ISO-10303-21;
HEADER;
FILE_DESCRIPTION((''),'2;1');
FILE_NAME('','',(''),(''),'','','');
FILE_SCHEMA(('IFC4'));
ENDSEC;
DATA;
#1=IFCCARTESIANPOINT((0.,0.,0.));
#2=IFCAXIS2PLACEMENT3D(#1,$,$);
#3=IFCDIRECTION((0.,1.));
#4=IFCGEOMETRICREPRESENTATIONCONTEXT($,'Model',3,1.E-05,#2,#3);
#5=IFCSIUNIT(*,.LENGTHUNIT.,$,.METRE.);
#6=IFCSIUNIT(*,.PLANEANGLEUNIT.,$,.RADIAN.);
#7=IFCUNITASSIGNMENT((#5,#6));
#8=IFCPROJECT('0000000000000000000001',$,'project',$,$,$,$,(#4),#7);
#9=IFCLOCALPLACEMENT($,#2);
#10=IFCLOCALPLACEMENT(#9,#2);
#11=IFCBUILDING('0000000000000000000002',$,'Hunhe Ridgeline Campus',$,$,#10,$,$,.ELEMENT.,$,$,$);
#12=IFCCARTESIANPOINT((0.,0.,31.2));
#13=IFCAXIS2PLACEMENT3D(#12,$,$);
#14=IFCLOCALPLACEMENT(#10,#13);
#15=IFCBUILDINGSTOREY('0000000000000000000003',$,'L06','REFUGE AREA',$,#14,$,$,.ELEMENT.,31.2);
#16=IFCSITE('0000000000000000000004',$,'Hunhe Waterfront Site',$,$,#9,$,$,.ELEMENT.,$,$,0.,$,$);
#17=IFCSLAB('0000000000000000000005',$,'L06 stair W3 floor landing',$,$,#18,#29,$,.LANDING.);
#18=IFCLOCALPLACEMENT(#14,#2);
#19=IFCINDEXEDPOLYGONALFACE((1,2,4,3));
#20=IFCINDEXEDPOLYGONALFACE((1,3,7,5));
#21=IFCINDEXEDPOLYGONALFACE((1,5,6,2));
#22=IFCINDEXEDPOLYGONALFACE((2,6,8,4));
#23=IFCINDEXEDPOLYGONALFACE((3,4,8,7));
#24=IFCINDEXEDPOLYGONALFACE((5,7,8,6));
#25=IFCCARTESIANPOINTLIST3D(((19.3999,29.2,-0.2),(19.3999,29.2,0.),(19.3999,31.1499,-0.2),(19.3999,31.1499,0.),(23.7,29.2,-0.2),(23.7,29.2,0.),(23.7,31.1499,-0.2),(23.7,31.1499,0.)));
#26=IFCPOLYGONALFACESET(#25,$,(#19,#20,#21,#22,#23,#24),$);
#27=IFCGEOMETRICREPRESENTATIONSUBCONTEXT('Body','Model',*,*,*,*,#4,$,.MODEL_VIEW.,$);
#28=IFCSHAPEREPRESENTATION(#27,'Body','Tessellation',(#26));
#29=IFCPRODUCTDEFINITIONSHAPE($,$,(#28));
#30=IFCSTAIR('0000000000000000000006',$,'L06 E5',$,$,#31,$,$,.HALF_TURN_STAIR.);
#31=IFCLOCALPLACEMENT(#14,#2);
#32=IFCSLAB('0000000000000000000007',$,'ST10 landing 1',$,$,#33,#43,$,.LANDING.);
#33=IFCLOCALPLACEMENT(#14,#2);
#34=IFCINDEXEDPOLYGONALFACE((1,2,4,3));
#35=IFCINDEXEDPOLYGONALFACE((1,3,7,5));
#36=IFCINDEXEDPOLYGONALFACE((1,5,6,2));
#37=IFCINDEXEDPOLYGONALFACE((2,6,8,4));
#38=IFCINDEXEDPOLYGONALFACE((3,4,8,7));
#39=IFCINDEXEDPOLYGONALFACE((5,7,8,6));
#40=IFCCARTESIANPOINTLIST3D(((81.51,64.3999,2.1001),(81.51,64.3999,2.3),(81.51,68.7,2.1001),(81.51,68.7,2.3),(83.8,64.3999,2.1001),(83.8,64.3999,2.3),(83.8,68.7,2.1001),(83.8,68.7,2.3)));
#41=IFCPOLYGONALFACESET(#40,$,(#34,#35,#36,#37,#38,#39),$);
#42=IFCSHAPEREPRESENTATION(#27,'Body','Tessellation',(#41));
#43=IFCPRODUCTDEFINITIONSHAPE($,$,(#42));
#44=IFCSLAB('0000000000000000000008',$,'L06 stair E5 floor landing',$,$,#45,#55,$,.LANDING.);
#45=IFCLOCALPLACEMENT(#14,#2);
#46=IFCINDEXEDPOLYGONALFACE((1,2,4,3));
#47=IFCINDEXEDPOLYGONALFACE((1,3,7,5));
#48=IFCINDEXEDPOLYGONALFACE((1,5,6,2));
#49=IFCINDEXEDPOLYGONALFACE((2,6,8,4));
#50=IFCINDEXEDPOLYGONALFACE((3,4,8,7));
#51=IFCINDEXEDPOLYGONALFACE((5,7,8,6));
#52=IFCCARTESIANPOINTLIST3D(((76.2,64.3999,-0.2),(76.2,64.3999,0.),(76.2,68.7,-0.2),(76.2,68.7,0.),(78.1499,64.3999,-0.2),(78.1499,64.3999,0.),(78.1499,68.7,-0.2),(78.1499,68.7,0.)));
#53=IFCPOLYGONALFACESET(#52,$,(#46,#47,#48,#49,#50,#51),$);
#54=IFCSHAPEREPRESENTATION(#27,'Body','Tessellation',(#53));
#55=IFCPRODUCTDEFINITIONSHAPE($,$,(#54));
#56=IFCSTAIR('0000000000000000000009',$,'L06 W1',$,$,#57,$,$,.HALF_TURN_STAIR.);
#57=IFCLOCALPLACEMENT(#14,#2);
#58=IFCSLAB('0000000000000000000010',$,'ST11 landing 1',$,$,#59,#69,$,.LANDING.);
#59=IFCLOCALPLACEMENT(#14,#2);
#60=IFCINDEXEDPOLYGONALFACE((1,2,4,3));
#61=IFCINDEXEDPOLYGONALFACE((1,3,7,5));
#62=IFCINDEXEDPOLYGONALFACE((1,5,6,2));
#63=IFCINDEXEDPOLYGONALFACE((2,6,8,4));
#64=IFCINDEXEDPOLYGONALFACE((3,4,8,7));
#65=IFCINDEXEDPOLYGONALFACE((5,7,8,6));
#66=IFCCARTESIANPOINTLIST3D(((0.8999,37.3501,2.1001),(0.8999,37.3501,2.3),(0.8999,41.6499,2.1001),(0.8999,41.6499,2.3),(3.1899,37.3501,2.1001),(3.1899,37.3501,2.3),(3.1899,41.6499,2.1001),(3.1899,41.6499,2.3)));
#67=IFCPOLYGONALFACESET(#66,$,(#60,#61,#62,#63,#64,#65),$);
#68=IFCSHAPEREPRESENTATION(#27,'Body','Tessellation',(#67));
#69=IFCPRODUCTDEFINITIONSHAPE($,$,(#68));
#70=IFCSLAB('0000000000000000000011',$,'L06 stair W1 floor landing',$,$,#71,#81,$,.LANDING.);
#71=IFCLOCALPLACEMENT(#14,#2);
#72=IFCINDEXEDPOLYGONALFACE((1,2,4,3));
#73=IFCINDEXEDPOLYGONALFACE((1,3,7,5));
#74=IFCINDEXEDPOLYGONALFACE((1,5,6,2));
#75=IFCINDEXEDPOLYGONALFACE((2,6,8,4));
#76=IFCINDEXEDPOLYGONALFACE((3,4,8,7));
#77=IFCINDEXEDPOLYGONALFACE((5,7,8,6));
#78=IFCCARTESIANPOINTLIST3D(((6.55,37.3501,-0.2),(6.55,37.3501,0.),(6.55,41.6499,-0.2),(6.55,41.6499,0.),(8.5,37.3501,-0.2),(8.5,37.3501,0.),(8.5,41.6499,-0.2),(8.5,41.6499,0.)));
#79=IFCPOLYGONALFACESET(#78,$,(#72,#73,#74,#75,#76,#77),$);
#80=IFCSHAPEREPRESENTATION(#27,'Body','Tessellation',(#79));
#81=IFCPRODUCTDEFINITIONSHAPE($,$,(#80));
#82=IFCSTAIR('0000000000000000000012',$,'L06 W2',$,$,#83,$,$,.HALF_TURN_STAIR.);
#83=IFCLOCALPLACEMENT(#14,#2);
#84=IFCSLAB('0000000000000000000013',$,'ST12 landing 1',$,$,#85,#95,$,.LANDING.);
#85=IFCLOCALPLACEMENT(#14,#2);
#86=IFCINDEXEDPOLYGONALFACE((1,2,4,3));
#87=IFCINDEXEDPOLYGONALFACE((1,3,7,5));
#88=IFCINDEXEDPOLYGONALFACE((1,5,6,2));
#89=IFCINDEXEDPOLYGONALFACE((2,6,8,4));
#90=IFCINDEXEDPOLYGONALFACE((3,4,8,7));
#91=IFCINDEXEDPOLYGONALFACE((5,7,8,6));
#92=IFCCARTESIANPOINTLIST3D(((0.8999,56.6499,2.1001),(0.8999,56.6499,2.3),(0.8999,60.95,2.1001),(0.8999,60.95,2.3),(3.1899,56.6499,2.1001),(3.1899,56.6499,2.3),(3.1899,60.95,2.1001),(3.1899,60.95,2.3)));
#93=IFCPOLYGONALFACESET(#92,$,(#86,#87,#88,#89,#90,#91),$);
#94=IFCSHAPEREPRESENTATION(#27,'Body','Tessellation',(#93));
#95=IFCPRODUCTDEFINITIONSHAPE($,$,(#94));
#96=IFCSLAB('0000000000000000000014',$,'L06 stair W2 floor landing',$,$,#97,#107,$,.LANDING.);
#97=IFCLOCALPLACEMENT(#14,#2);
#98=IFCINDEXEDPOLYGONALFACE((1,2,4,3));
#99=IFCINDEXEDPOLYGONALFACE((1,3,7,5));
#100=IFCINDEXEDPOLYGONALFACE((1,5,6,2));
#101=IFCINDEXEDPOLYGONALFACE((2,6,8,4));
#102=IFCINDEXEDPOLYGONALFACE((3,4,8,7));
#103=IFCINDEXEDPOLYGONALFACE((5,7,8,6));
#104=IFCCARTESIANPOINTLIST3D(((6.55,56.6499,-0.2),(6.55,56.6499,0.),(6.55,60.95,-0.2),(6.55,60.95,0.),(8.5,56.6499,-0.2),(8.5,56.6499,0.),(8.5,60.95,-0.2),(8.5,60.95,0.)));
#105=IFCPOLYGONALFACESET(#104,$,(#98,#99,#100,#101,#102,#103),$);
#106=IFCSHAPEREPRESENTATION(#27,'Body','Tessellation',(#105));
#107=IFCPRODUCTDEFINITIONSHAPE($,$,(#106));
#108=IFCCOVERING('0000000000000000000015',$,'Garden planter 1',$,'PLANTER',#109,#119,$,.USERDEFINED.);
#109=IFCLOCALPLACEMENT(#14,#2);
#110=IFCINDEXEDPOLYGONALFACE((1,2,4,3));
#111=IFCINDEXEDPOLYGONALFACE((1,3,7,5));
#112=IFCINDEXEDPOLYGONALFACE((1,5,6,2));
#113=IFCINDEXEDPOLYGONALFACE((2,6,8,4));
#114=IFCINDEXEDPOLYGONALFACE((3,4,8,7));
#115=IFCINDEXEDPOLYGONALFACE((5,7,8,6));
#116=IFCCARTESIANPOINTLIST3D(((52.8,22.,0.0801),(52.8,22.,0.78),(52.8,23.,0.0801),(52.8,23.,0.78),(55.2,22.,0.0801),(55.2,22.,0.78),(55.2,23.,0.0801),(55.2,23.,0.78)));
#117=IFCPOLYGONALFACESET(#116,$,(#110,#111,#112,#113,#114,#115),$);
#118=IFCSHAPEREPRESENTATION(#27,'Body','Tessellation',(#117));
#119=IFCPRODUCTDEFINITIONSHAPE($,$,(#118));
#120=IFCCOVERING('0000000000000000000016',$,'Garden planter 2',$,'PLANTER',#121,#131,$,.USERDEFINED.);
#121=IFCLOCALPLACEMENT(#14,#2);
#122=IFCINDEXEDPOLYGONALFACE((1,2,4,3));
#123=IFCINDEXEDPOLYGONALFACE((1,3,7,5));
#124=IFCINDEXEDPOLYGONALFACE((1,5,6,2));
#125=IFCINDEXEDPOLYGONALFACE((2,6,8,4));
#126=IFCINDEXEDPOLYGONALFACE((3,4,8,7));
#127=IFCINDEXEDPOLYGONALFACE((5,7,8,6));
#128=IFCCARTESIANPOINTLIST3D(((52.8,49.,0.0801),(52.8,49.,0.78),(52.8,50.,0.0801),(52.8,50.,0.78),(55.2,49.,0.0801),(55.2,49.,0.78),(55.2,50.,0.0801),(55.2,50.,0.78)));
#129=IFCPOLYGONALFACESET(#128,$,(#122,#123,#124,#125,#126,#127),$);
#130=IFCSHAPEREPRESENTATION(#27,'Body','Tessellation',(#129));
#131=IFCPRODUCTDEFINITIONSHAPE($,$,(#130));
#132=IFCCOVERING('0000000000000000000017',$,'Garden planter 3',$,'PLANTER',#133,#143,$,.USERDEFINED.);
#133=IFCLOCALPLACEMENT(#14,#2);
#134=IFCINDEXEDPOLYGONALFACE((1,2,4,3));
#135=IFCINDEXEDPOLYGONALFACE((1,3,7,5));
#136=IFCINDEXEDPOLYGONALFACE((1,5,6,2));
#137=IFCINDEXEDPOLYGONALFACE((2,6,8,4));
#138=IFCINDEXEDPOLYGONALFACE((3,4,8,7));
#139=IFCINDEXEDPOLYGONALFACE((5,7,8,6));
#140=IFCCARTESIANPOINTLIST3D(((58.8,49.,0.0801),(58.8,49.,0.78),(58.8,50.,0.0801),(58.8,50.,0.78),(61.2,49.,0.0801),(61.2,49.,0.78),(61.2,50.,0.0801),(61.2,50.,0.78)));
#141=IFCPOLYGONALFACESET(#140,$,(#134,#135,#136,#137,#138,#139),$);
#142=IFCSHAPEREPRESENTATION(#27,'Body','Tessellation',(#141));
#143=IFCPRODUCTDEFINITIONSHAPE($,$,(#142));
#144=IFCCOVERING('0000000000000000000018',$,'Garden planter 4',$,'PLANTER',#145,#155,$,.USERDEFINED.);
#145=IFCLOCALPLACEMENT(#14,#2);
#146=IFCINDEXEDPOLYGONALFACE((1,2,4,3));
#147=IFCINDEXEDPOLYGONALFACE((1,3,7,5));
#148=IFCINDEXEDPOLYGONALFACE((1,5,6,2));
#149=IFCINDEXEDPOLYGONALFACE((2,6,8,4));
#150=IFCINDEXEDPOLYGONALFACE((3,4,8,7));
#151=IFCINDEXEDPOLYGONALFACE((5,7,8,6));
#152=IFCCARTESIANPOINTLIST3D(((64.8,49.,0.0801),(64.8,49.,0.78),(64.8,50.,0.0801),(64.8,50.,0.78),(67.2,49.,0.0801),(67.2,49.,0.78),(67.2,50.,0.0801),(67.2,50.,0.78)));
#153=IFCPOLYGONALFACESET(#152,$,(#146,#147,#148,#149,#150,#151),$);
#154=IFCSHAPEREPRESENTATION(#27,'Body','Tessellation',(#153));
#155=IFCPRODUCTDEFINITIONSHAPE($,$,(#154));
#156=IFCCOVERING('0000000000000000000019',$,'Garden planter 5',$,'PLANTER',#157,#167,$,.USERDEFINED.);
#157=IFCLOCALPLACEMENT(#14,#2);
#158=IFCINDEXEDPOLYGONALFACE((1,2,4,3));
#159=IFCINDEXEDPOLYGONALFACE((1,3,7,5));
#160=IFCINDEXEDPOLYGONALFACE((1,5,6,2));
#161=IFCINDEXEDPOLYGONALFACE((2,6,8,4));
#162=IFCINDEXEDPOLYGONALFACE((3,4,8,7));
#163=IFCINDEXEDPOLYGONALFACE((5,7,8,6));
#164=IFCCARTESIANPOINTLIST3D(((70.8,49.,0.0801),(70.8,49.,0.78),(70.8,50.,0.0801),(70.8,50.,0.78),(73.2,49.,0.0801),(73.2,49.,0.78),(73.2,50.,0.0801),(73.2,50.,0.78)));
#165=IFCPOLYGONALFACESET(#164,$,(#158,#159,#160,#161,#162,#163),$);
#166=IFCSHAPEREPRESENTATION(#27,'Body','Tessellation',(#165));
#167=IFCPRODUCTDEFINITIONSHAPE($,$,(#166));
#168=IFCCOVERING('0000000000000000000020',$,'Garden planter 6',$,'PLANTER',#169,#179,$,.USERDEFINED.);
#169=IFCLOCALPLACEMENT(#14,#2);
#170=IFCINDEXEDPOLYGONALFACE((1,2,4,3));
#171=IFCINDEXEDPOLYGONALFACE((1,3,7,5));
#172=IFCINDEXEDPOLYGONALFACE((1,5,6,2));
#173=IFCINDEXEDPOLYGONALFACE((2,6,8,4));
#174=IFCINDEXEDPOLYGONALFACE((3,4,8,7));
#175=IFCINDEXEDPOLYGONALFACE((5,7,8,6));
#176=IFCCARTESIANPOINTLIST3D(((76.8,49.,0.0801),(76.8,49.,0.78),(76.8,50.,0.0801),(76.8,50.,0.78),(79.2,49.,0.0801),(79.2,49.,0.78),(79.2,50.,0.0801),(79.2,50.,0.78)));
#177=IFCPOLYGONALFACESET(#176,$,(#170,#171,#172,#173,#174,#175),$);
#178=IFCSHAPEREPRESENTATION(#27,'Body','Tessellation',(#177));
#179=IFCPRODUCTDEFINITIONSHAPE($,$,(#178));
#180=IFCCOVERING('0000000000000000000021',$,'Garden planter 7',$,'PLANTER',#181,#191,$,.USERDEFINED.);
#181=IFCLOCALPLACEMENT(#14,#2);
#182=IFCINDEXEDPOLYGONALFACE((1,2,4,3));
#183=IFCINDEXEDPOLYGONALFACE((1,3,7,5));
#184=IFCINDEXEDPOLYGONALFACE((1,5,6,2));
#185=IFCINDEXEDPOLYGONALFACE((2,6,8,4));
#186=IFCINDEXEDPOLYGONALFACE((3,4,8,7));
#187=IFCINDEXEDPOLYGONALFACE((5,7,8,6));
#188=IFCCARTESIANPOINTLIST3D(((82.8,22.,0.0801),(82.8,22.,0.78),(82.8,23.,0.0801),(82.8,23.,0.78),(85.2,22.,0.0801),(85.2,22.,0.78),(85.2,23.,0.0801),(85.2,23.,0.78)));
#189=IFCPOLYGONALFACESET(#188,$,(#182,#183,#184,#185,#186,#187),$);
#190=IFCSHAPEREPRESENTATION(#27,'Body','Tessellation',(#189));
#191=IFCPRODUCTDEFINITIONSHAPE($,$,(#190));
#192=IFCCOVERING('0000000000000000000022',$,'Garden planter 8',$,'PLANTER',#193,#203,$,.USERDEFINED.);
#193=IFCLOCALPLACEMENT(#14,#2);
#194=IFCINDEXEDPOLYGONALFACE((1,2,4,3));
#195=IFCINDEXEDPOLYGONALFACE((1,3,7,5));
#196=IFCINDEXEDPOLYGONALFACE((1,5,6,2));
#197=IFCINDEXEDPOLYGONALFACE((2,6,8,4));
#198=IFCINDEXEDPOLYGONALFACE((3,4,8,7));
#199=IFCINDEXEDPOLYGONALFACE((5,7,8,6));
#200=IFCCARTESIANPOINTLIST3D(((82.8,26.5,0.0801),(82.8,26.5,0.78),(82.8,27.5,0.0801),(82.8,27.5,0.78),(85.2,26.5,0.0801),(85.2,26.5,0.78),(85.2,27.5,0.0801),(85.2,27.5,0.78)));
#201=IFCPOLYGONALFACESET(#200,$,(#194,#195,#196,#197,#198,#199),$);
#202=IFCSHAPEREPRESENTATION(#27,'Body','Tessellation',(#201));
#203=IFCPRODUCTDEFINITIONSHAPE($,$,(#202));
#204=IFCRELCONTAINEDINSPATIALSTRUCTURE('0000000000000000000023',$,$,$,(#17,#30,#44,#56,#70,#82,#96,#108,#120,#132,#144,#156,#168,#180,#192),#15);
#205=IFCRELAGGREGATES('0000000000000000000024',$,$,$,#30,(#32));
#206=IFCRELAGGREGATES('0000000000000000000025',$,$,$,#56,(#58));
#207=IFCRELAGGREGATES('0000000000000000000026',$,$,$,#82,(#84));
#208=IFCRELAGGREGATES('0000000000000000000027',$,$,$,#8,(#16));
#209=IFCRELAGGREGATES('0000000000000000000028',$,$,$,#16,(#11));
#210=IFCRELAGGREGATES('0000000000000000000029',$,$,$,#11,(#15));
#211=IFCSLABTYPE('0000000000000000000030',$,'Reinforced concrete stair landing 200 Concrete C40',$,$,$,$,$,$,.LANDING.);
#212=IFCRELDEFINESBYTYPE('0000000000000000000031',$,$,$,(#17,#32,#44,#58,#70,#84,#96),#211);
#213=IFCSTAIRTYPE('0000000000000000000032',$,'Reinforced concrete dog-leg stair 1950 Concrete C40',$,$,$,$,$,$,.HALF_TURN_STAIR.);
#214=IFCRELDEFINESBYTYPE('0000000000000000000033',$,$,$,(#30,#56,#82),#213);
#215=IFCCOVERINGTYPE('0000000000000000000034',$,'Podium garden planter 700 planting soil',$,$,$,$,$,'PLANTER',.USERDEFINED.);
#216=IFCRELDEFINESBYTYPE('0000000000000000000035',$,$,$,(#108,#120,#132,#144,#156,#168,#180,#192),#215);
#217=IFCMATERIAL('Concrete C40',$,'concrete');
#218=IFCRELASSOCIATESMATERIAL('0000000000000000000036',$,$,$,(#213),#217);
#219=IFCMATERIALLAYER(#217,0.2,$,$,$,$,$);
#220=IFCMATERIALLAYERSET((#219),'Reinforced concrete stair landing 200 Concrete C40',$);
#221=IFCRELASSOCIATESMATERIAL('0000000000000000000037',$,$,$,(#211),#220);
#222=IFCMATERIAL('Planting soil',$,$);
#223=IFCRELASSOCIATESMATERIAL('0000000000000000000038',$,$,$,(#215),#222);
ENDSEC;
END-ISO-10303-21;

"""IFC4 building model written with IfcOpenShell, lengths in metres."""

from ifc_helpers import new_model, si_unit, direction, frame, origin, place, context, subcontext, project, spatial, polyline, outline, extrude, material, layer, layer_set, type_object, element, aggregate, save


model = new_model("IFC4")

# Units and contexts
model_context = context("Model", 3, precision=1e-05, world=origin(), true_north=direction((0.0, 1.0)))
body_context = subcontext(model_context, "Body", "Model", "MODEL_VIEW")
ifc_project = project(units=[si_unit("LENGTHUNIT", "METRE"), si_unit("PLANEANGLEUNIT", "RADIAN")], contexts=[model_context])

# Site, building, storey
site_placement = place(None, origin())
site = spatial("IfcSite", under=ifc_project, at=site_placement, Name="Hunhe Waterfront Site", CompositionType="ELEMENT", RefElevation=0.0)
building_placement = place(site_placement, origin())
building = spatial("IfcBuilding", under=site, at=building_placement, Name="Hunhe Ridgeline Campus", CompositionType="ELEMENT")
storey_placement = place(building_placement, frame((0.0, 0.0, 31.2)))
storey = spatial("IfcBuildingStorey", under=building, at=storey_placement, Name="L06", Description="REFUGE AREA", CompositionType="ELEMENT", Elevation=31.2)

# Shared definitions
ifc_material_1 = material(Name="Concrete C40", Category="concrete")

# Shared definitions
stair_type = type_object("IfcStairType", Name="Reinforced concrete dog-leg stair 1950 Concrete C40", PredefinedType="HALF_TURN_STAIR", material=ifc_material_1)
ifc_layer_1 = layer(ifc_material_1, 0.2)
ifc_layer_set_1 = layer_set([ifc_layer_1], Name="Reinforced concrete stair landing 200 Concrete C40")
slab_type_1 = type_object("IfcSlabType", Name="Reinforced concrete stair landing 200 Concrete C40", PredefinedType="LANDING", material=ifc_layer_set_1)

# Slab
slab_1_placement = place(storey_placement, frame((0.0, 0.0, -0.2)))
element("IfcSlab", 1, at=slab_1_placement, inside=storey, type_object=slab_type_1, Name="L06 stair W3 floor landing", PredefinedType="LANDING", context=body_context, shape_type="SweptSolid", body=[
    extrude(outline(polyline([(23.7, 29.2), (23.7, 31.1499), (19.3999, 31.1499), (19.3999, 29.2), (23.7, 29.2)])), origin(), (0.0, 0.0, 1.0), 0.2),
])

# Stair, slab
stair_1_placement = place(storey_placement, origin())
stair_1 = element("IfcStair", 2, at=stair_1_placement, inside=storey, type_object=stair_type, Name="L06 E5", PredefinedType="HALF_TURN_STAIR")
slab_2_placement = place(storey_placement, frame((0.0, 0.0, 2.1001)))
slab_2 = element("IfcSlab", 3, at=slab_2_placement, type_object=slab_type_1, Name="ST10 landing 1", PredefinedType="LANDING", context=body_context, shape_type="SweptSolid", body=[
    extrude(outline(polyline([(81.51, 64.3999), (83.8, 64.3999), (83.8, 68.7), (81.51, 68.7), (81.51, 64.3999)])), origin(), (0.0, 0.0, 1.0), 0.2),
])
aggregate(stair_1, [slab_2])

# Slab
slab_3_placement = place(storey_placement, frame((0.0, 0.0, -0.2)))
element("IfcSlab", 4, at=slab_3_placement, inside=storey, type_object=slab_type_1, Name="L06 stair E5 floor landing", PredefinedType="LANDING", context=body_context, shape_type="SweptSolid", body=[
    extrude(outline(polyline([(76.2, 64.3999), (78.1499, 64.3999), (78.1499, 68.7), (76.2, 68.7), (76.2, 64.3999)])), origin(), (0.0, 0.0, 1.0), 0.2),
])

# Stair, slab
stair_2_placement = place(storey_placement, origin())
stair_2 = element("IfcStair", 5, at=stair_2_placement, inside=storey, type_object=stair_type, Name="L06 W1", PredefinedType="HALF_TURN_STAIR")
slab_4_placement = place(storey_placement, frame((0.0, 0.0, 2.1001)))
slab_4 = element("IfcSlab", 6, at=slab_4_placement, type_object=slab_type_1, Name="ST11 landing 1", PredefinedType="LANDING", context=body_context, shape_type="SweptSolid", body=[
    extrude(outline(polyline([(3.1899, 41.6499), (0.8999, 41.6499), (0.8999, 37.3501), (3.1899, 37.3501), (3.1899, 41.6499)])), origin(), (0.0, 0.0, 1.0), 0.2),
])
aggregate(stair_2, [slab_4])

# Slab
slab_5_placement = place(storey_placement, frame((0.0, 0.0, -0.2)))
element("IfcSlab", 7, at=slab_5_placement, inside=storey, type_object=slab_type_1, Name="L06 stair W1 floor landing", PredefinedType="LANDING", context=body_context, shape_type="SweptSolid", body=[
    extrude(outline(polyline([(8.5, 41.6499), (6.55, 41.6499), (6.55, 37.3501), (8.5, 37.3501), (8.5, 41.6499)])), origin(), (0.0, 0.0, 1.0), 0.2),
])

# Stair, slab
stair_3_placement = place(storey_placement, origin())
stair_3 = element("IfcStair", 8, at=stair_3_placement, inside=storey, type_object=stair_type, Name="L06 W2", PredefinedType="HALF_TURN_STAIR")
slab_6_placement = place(storey_placement, frame((0.0, 0.0, 2.1001)))
slab_6 = element("IfcSlab", 9, at=slab_6_placement, type_object=slab_type_1, Name="ST12 landing 1", PredefinedType="LANDING", context=body_context, shape_type="SweptSolid", body=[
    extrude(outline(polyline([(3.1899, 60.95), (0.8999, 60.95), (0.8999, 56.6499), (3.1899, 56.6499), (3.1899, 60.95)])), origin(), (0.0, 0.0, 1.0), 0.2),
])
aggregate(stair_3, [slab_6])

# Slab
slab_7_placement = place(storey_placement, frame((0.0, 0.0, -0.2)))
element("IfcSlab", 10, at=slab_7_placement, inside=storey, type_object=slab_type_1, Name="L06 stair W2 floor landing", PredefinedType="LANDING", context=body_context, shape_type="SweptSolid", body=[
    extrude(outline(polyline([(8.5, 60.95), (6.55, 60.95), (6.55, 56.6499), (8.5, 56.6499), (8.5, 60.95)])), origin(), (0.0, 0.0, 1.0), 0.2),
])

# Coverings
ifc_material_2 = material(Name="Planting soil")
covering_type_1 = type_object("IfcCoveringType", Name="Podium garden planter 700 planting soil", ElementType="PLANTER", PredefinedType="USERDEFINED", material=ifc_material_2)
covering_1_placement = place(storey_placement, frame((0.0, 0.0, 0.0801)))
element("IfcCovering", 11, at=covering_1_placement, inside=storey, type_object=covering_type_1, Name="Garden planter 1", ObjectType="PLANTER", PredefinedType="USERDEFINED", context=body_context, shape_type="SweptSolid", body=[
    extrude(outline(polyline([(52.8, 22.0), (55.2, 22.0), (55.2, 23.0), (52.8, 23.0), (52.8, 22.0)])), origin(), (0.0, 0.0, 1.0), 0.7),
])
covering_2_placement = place(storey_placement, frame((0.0, 0.0, 0.0801)))
element("IfcCovering", 12, at=covering_2_placement, inside=storey, type_object=covering_type_1, Name="Garden planter 2", ObjectType="PLANTER", PredefinedType="USERDEFINED", context=body_context, shape_type="SweptSolid", body=[
    extrude(outline(polyline([(52.8, 49.0), (55.2, 49.0), (55.2, 50.0), (52.8, 50.0), (52.8, 49.0)])), origin(), (0.0, 0.0, 1.0), 0.7),
])
covering_3_placement = place(storey_placement, frame((0.0, 0.0, 0.0801)))
element("IfcCovering", 13, at=covering_3_placement, inside=storey, type_object=covering_type_1, Name="Garden planter 3", ObjectType="PLANTER", PredefinedType="USERDEFINED", context=body_context, shape_type="SweptSolid", body=[
    extrude(outline(polyline([(58.8, 49.0), (61.2, 49.0), (61.2, 50.0), (58.8, 50.0), (58.8, 49.0)])), origin(), (0.0, 0.0, 1.0), 0.7),
])
covering_4_placement = place(storey_placement, frame((0.0, 0.0, 0.0801)))
element("IfcCovering", 14, at=covering_4_placement, inside=storey, type_object=covering_type_1, Name="Garden planter 4", ObjectType="PLANTER", PredefinedType="USERDEFINED", context=body_context, shape_type="SweptSolid", body=[
    extrude(outline(polyline([(64.8, 49.0), (67.2, 49.0), (67.2, 50.0), (64.8, 50.0), (64.8, 49.0)])), origin(), (0.0, 0.0, 1.0), 0.7),
])
covering_5_placement = place(storey_placement, frame((0.0, 0.0, 0.0801)))
element("IfcCovering", 15, at=covering_5_placement, inside=storey, type_object=covering_type_1, Name="Garden planter 5", ObjectType="PLANTER", PredefinedType="USERDEFINED", context=body_context, shape_type="SweptSolid", body=[
    extrude(outline(polyline([(70.8, 49.0), (73.2, 49.0), (73.2, 50.0), (70.8, 50.0), (70.8, 49.0)])), origin(), (0.0, 0.0, 1.0), 0.7),
])
covering_6_placement = place(storey_placement, frame((0.0, 0.0, 0.0801)))
element("IfcCovering", 16, at=covering_6_placement, inside=storey, type_object=covering_type_1, Name="Garden planter 6", ObjectType="PLANTER", PredefinedType="USERDEFINED", context=body_context, shape_type="SweptSolid", body=[
    extrude(outline(polyline([(76.8, 49.0), (79.2, 49.0), (79.2, 50.0), (76.8, 50.0), (76.8, 49.0)])), origin(), (0.0, 0.0, 1.0), 0.7),
])
covering_7_placement = place(storey_placement, frame((0.0, 0.0, 0.0801)))
element("IfcCovering", 17, at=covering_7_placement, inside=storey, type_object=covering_type_1, Name="Garden planter 7", ObjectType="PLANTER", PredefinedType="USERDEFINED", context=body_context, shape_type="SweptSolid", body=[
    extrude(outline(polyline([(82.8, 22.0), (85.2, 22.0), (85.2, 23.0), (82.8, 23.0), (82.8, 22.0)])), origin(), (0.0, 0.0, 1.0), 0.7),
])
covering_8_placement = place(storey_placement, frame((0.0, 0.0, 0.0801)))
element("IfcCovering", 18, at=covering_8_placement, inside=storey, type_object=covering_type_1, Name="Garden planter 8", ObjectType="PLANTER", PredefinedType="USERDEFINED", context=body_context, shape_type="SweptSolid", body=[
    extrude(outline(polyline([(82.8, 26.5), (85.2, 26.5), (85.2, 27.5), (82.8, 27.5), (82.8, 26.5)])), origin(), (0.0, 0.0, 1.0), 0.7),
])

save(model, "model.ifc")
